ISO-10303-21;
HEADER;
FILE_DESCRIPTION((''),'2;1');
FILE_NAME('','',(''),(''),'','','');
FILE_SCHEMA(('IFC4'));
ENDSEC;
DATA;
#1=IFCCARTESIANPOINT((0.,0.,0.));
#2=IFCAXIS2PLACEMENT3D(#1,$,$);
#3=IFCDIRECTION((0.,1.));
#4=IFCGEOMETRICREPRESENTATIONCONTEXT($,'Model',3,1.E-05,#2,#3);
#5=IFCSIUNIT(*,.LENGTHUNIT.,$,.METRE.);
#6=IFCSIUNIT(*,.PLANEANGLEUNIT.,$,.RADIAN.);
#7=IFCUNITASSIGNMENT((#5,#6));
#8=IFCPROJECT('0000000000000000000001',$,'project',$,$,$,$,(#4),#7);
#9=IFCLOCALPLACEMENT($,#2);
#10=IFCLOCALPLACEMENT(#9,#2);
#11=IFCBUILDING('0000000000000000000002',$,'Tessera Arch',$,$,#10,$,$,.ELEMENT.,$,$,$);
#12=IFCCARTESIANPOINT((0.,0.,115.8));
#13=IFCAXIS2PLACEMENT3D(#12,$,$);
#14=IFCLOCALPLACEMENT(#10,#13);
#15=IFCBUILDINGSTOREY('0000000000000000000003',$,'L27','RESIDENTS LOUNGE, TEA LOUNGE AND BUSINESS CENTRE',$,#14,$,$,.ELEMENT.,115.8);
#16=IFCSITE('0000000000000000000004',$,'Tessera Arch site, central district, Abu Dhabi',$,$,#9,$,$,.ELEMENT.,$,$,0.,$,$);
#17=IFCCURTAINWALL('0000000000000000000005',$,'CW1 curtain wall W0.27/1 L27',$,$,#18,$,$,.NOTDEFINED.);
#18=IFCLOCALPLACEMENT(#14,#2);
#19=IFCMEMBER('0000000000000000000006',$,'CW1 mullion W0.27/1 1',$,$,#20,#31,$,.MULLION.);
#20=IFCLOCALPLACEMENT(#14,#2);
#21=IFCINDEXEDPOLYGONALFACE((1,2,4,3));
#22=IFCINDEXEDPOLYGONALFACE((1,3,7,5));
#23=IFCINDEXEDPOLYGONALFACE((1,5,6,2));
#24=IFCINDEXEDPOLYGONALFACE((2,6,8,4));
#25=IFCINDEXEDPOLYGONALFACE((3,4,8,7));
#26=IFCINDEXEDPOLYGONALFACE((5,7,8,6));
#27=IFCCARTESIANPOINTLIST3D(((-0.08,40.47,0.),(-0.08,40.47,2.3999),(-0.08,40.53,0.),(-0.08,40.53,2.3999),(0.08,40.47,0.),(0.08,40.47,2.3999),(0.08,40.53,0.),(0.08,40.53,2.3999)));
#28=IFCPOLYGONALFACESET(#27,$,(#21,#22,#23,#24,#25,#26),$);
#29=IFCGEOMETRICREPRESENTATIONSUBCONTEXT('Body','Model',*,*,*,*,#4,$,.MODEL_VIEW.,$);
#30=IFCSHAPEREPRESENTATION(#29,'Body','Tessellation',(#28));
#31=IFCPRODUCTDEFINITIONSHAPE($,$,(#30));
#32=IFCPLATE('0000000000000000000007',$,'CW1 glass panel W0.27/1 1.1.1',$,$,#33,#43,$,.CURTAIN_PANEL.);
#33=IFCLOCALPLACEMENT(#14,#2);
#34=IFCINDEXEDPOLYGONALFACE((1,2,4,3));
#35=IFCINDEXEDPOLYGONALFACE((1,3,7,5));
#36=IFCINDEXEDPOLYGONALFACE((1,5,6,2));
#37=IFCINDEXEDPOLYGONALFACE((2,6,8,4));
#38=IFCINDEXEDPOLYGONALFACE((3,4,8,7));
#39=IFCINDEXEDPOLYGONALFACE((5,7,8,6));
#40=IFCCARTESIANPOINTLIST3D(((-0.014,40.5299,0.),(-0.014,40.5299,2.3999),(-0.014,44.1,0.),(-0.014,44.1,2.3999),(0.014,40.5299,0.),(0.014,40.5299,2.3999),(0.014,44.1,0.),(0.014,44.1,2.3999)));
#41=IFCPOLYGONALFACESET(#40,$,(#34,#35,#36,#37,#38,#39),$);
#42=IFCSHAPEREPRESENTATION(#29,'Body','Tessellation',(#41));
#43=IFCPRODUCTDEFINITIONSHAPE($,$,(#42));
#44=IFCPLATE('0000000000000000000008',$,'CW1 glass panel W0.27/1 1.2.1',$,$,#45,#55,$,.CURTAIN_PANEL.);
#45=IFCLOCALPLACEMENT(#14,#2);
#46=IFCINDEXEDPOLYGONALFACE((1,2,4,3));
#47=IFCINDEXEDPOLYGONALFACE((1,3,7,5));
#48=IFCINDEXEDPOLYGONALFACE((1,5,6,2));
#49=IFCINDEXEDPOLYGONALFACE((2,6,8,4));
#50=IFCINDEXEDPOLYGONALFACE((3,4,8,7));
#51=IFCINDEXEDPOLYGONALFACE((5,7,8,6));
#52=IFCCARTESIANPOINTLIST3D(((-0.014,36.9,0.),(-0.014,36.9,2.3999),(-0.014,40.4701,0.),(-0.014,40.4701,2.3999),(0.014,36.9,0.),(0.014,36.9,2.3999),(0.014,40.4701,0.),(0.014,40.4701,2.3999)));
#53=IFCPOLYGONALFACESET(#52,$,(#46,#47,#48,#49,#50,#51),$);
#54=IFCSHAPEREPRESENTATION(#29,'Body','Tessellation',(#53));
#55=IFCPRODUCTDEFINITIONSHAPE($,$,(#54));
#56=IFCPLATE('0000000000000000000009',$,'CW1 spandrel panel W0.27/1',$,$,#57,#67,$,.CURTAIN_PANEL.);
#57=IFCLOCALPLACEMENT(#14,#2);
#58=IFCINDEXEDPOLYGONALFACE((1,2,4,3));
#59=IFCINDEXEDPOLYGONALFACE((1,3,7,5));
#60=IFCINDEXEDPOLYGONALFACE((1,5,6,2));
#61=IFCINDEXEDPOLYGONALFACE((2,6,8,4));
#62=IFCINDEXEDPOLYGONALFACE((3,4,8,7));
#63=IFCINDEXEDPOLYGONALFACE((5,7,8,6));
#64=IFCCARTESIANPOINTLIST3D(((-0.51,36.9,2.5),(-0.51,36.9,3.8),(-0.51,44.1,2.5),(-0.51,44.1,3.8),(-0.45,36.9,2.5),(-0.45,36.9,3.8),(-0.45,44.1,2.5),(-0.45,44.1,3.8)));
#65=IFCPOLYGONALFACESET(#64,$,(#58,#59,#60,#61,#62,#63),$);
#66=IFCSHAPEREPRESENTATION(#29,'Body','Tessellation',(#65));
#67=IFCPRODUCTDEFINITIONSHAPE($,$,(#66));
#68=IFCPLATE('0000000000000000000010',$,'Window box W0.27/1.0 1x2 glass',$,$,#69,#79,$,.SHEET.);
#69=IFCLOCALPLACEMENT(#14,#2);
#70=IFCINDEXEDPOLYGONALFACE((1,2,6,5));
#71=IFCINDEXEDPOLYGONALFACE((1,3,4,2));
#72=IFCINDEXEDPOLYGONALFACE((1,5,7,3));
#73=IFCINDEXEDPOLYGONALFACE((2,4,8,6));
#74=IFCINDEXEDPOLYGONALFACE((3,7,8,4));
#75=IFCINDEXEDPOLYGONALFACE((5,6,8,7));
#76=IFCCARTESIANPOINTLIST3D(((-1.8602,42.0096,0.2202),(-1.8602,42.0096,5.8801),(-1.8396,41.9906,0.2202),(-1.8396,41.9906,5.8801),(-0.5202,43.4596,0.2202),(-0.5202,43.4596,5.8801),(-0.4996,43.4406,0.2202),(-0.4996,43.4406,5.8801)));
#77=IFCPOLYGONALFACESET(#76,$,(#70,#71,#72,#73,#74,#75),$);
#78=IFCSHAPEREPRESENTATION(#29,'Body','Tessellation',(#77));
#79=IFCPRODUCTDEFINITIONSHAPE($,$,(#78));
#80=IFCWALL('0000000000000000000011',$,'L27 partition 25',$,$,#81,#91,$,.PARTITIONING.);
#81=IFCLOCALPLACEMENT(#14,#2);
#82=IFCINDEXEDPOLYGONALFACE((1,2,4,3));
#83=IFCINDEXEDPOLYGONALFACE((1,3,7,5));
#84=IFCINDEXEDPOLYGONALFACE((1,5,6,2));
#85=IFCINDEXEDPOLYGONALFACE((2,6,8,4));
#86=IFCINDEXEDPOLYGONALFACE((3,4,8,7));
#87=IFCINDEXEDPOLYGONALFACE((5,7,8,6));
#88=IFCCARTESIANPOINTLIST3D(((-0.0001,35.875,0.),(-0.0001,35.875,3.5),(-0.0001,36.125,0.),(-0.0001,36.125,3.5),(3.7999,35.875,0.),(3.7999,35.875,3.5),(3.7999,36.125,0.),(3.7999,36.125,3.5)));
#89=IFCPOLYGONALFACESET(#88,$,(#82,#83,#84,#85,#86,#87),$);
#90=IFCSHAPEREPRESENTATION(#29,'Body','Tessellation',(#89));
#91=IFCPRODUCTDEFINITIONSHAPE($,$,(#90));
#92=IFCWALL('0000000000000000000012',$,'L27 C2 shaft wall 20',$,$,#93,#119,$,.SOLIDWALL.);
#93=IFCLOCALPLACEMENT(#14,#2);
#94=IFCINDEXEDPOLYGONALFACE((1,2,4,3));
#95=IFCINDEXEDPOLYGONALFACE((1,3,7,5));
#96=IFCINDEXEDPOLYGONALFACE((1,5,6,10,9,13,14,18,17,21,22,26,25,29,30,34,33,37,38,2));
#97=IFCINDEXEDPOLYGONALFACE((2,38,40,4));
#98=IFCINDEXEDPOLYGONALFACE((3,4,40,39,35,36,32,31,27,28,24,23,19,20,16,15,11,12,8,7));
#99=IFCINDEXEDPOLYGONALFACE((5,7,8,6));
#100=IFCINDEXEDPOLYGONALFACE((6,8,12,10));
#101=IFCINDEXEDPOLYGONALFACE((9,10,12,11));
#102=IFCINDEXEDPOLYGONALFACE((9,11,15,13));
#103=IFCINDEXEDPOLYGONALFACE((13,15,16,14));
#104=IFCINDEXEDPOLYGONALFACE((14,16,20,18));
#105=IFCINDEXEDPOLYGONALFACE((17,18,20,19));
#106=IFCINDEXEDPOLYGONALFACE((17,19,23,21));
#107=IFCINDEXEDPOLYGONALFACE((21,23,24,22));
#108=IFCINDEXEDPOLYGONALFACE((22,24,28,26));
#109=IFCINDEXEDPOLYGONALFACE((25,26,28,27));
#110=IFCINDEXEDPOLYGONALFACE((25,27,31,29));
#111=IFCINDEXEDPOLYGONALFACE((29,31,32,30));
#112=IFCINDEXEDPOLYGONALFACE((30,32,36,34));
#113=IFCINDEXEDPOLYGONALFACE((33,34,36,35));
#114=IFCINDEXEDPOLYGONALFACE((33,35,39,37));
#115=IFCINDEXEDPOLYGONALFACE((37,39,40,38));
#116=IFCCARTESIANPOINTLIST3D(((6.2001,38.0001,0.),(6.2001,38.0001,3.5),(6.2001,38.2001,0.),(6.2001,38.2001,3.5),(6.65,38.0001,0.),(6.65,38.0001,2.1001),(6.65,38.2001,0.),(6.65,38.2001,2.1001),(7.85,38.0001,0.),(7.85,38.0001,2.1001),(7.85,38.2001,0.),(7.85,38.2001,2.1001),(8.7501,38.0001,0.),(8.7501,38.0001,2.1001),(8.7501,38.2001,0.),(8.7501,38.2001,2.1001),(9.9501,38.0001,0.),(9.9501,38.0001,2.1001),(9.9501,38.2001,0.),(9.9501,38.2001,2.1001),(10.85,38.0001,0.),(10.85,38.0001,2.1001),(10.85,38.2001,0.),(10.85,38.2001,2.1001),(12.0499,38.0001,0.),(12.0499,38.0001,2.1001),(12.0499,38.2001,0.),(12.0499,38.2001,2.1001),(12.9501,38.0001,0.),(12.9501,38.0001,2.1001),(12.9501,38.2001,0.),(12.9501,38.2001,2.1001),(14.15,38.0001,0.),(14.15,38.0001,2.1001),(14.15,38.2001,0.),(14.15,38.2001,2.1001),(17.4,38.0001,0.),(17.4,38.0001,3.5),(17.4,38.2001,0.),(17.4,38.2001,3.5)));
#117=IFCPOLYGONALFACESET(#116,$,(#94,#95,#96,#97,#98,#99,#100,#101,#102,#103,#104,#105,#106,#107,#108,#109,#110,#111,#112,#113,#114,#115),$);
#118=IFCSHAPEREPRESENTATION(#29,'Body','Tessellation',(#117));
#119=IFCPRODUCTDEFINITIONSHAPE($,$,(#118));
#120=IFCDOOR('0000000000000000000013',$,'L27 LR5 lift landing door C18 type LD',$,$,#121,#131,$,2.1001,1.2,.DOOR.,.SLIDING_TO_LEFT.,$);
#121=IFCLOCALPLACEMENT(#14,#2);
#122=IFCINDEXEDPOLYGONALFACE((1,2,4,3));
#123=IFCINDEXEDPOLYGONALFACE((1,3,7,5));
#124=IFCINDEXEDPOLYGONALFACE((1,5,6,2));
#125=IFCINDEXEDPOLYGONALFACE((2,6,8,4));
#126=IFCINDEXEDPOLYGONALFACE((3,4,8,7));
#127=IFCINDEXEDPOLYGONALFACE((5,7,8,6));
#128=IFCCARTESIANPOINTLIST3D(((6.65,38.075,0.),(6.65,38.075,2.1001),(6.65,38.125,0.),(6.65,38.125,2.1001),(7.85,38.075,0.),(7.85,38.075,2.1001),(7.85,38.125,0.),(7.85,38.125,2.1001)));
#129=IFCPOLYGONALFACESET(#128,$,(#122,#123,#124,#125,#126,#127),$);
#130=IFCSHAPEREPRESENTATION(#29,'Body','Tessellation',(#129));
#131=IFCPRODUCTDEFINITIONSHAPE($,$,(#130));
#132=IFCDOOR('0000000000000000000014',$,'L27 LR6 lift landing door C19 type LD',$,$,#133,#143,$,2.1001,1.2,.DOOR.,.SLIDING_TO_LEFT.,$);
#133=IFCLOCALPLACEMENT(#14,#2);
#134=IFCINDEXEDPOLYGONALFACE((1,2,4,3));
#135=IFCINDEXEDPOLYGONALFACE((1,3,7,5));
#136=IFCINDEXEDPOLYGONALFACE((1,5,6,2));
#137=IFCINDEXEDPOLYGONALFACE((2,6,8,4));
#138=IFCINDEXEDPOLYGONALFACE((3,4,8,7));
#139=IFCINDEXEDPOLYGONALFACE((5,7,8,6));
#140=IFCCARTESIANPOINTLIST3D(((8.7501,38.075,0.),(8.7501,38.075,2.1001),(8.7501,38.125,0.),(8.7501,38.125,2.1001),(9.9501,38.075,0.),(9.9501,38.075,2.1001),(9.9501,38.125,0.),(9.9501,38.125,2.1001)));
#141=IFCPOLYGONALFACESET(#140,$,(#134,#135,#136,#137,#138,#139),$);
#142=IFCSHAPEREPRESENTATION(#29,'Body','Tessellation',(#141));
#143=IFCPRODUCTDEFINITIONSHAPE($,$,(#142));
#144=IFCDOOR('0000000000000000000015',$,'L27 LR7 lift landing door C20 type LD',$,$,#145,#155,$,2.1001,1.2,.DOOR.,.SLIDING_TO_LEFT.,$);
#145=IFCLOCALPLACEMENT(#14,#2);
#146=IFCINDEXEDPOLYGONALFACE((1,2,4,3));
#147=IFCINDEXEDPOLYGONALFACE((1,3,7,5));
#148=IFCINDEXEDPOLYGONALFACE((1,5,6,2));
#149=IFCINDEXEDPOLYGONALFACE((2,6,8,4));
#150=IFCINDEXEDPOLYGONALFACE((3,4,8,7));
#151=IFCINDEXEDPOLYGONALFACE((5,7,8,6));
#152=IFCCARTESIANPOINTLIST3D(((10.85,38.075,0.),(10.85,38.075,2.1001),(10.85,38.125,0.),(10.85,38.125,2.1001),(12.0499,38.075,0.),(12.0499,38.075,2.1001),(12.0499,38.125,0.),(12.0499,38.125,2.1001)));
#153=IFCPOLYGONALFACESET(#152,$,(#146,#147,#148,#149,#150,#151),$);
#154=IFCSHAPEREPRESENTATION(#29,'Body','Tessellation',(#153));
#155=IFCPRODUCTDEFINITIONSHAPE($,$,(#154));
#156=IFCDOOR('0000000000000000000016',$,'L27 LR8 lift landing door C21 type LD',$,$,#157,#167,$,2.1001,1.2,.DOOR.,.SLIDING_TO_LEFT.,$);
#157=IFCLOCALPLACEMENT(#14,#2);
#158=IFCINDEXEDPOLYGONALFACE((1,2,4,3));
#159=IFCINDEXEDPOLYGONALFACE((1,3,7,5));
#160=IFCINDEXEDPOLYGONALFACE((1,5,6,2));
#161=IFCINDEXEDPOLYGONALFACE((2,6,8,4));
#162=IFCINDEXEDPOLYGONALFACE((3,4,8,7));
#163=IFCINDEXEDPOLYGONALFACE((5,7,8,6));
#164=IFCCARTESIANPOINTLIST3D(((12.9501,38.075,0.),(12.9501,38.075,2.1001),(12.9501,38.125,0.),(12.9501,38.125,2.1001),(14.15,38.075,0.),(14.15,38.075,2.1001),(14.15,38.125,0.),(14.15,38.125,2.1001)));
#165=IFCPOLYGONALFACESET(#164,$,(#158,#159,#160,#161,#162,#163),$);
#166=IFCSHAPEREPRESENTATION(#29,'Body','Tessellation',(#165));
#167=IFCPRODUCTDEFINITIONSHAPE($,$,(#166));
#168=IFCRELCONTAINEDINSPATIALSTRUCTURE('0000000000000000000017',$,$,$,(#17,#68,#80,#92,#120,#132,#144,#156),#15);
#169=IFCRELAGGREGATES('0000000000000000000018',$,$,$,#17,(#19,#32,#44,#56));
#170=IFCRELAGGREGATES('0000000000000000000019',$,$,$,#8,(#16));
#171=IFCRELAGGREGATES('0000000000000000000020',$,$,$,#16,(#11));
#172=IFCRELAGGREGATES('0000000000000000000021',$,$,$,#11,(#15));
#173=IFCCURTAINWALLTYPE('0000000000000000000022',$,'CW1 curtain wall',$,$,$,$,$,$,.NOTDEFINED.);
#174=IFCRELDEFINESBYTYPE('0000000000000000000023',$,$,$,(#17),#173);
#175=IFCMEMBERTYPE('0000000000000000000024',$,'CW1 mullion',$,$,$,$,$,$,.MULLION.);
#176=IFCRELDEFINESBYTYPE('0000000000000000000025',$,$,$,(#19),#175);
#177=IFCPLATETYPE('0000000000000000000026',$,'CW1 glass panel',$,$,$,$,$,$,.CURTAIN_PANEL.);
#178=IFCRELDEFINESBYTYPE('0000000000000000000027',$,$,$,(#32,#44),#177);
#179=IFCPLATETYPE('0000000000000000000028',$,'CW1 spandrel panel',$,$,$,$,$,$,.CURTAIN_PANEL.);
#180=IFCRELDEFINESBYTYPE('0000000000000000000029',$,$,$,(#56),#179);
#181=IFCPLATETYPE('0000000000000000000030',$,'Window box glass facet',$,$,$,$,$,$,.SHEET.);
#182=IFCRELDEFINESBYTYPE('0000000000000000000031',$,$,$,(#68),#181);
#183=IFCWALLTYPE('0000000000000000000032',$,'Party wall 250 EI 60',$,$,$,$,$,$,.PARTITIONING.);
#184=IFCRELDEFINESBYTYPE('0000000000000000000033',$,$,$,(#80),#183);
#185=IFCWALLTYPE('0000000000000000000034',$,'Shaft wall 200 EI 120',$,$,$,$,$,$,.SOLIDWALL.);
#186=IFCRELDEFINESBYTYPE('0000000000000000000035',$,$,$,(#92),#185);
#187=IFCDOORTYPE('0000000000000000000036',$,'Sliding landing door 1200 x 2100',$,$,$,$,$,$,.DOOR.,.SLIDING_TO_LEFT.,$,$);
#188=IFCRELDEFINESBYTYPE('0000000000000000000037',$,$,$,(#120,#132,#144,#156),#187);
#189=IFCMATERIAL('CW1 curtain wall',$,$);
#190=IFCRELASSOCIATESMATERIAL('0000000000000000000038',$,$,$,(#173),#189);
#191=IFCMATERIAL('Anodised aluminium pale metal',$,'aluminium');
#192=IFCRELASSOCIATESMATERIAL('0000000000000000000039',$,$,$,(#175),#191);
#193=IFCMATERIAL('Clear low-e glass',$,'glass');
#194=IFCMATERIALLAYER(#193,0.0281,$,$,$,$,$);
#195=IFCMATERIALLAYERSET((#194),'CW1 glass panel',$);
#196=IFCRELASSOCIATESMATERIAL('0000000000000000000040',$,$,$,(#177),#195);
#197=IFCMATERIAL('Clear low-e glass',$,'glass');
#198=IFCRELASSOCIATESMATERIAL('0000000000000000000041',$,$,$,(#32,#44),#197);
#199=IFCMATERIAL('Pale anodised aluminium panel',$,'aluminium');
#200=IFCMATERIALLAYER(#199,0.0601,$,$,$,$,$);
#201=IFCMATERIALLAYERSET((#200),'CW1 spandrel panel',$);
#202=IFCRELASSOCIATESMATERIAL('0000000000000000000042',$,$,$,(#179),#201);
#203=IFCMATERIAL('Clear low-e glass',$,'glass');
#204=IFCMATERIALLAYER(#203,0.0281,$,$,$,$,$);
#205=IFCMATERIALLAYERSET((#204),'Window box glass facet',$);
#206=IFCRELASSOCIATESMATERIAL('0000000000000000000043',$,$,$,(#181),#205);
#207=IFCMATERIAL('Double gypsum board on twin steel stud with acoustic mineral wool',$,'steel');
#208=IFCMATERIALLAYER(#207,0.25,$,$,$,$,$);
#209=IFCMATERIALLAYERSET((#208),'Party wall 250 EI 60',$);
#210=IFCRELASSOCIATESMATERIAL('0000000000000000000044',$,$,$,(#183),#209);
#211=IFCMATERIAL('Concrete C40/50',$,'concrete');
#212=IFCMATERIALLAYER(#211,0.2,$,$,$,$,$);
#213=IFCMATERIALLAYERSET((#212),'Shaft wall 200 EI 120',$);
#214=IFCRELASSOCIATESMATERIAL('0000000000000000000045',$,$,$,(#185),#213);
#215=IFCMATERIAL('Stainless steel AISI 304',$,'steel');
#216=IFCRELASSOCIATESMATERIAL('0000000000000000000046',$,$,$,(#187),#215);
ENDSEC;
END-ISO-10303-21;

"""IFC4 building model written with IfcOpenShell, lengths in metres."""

from ifc_helpers import new_model, si_unit, direction, frame, frame_2d, origin, origin_2d, place, context, subcontext, project, spatial, rectangle, extrude, material, layer, layer_set, material_profile, profile_set, type_object, element, fill, aggregate, save


model = new_model("IFC4")

# Units and contexts
model_context = context("Model", 3, precision=1e-05, world=origin(), true_north=direction((0.0, 1.0)))
body_context = subcontext(model_context, "Body", "Model", "MODEL_VIEW")
ifc_project = project(units=[si_unit("LENGTHUNIT", "METRE"), si_unit("PLANEANGLEUNIT", "RADIAN")], contexts=[model_context])

# Site, building, storey
site_placement = place(None, origin())
site = spatial("IfcSite", under=ifc_project, at=site_placement, Name="Tessera Arch site, central district, Abu Dhabi", CompositionType="ELEMENT", RefElevation=0.0)
building_placement = place(site_placement, origin())
building = spatial("IfcBuilding", under=site, at=building_placement, Name="Tessera Arch", CompositionType="ELEMENT")
storey_placement = place(building_placement, frame((0.0, 0.0, 115.8)))
storey = spatial("IfcBuildingStorey", under=building, at=storey_placement, Name="L27", Description="RESIDENTS LOUNGE, TEA LOUNGE AND BUSINESS CENTRE", CompositionType="ELEMENT", Elevation=115.8)

# Curtain wall, member, plates
ifc_material_1 = material(Name="CW1 curtain wall")
curtain_wall_type = type_object("IfcCurtainWallType", Name="CW1 curtain wall", PredefinedType="NOTDEFINED", material=ifc_material_1)
curtain_wall_placement = place(storey_placement, origin())
curtain_wall = element("IfcCurtainWall", 1, at=curtain_wall_placement, inside=storey, type_object=curtain_wall_type, Name="CW1 curtain wall W0.27/1 L27", PredefinedType="NOTDEFINED")
ifc_material_2 = material(Name="Anodised aluminium pale metal", Category="aluminium")
ifc_material_profile = material_profile(ifc_material_2, rectangle(XDim=0.1599, YDim=0.0601, at=origin_2d()), Name="AL 60x160")
ifc_profile_set = profile_set([ifc_material_profile], Name="Anodised aluminium pale metal")
member_type = type_object("IfcMemberType", Name="CW1 mullion", PredefinedType="MULLION", material=ifc_profile_set)
member_placement = place(storey_placement, frame((0.0, 40.5, 0.0), z_axis=(0.0, 0.0, 1.0), x_axis=(1.0, 0.0, 0.0)))
member = element("IfcMember", 2, at=member_placement, type_object=member_type, Name="CW1 mullion W0.27/1 1", PredefinedType="MULLION", context=body_context, shape_type="SweptSolid", body=[
    extrude(rectangle(XDim=0.1599, YDim=0.0601, at=origin_2d()), origin(), (0.0, 0.0, 1.0), 2.3999),
])
ifc_material_3 = material(Name="Clear low-e glass", Category="glass")
ifc_material_4 = material(Name="Clear low-e glass", Category="glass")
ifc_layer_1 = layer(ifc_material_4, 0.0281)
ifc_layer_set_1 = layer_set([ifc_layer_1], Name="CW1 glass panel")
plate_type_1 = type_object("IfcPlateType", Name="CW1 glass panel", PredefinedType="CURTAIN_PANEL", material=ifc_layer_set_1)
plate_1_placement = place(storey_placement, frame((0.0, 42.3149, 0.0), z_axis=(0.0, 0.0, 1.0), x_axis=(0.0, -1.0, 0.0)))
plate_1 = element("IfcPlate", 3, at=plate_1_placement, type_object=plate_type_1, material=ifc_material_3, Name="CW1 glass panel W0.27/1 1.1.1", PredefinedType="CURTAIN_PANEL", context=body_context, shape_type="SweptSolid", body=[
    extrude(rectangle(XDim=3.5701, YDim=0.0281, at=origin_2d()), origin(), (0.0, 0.0, 1.0), 2.3999),
])
plate_2_placement = place(storey_placement, frame((0.0, 38.6851, 0.0), z_axis=(0.0, 0.0, 1.0), x_axis=(0.0, -1.0, 0.0)))
plate_2 = element("IfcPlate", 4, at=plate_2_placement, type_object=plate_type_1, material=ifc_material_3, Name="CW1 glass panel W0.27/1 1.2.1", PredefinedType="CURTAIN_PANEL", context=body_context, shape_type="SweptSolid", body=[
    extrude(rectangle(XDim=3.5701, YDim=0.0281, at=origin_2d()), origin(), (0.0, 0.0, 1.0), 2.3999),
])
ifc_material_5 = material(Name="Pale anodised aluminium panel", Category="aluminium")
ifc_layer_2 = layer(ifc_material_5, 0.0601)
ifc_layer_set_2 = layer_set([ifc_layer_2], Name="CW1 spandrel panel")
plate_type_2 = type_object("IfcPlateType", Name="CW1 spandrel panel", PredefinedType="CURTAIN_PANEL", material=ifc_layer_set_2)
plate_3_placement = place(storey_placement, frame((-0.48, 40.5, 2.5), z_axis=(0.0, 0.0, 1.0), x_axis=(0.0, -1.0, 0.0)))
plate_3 = element("IfcPlate", 5, at=plate_3_placement, type_object=plate_type_2, Name="CW1 spandrel panel W0.27/1", PredefinedType="CURTAIN_PANEL", context=body_context, shape_type="SweptSolid", body=[
    extrude(rectangle(XDim=7.2, YDim=0.0601, at=origin_2d()), origin(), (0.0, 0.0, 1.0), 1.3),
])
aggregate(curtain_wall, [member, plate_1, plate_2, plate_3])

# Plate
ifc_material_6 = material(Name="Clear low-e glass", Category="glass")
ifc_layer_3 = layer(ifc_material_6, 0.0281)
ifc_layer_set_3 = layer_set([ifc_layer_3], Name="Window box glass facet")
plate_type_3 = type_object("IfcPlateType", Name="Window box glass facet", PredefinedType="SHEET", material=ifc_layer_set_3)
plate_4_placement = place(storey_placement, frame((-1.1799, 42.7251, 0.2202), z_axis=(0.0, 0.0, 1.0), x_axis=(-0.678701, -0.734415, 0.0)))
element("IfcPlate", 6, at=plate_4_placement, inside=storey, type_object=plate_type_3, Name="Window box W0.27/1.0 1x2 glass", PredefinedType="SHEET", context=body_context, shape_type="SweptSolid", body=[
    extrude(rectangle(XDim=1.9744, YDim=0.0281, at=origin_2d()), origin(), (0.0, 0.0, 1.0), 5.6599),
])

# Wall
ifc_material_7 = material(Name="Double gypsum board on twin steel stud with acoustic mineral wool", Category="steel")
ifc_layer_4 = layer(ifc_material_7, 0.25)
ifc_layer_set_4 = layer_set([ifc_layer_4], Name="Party wall 250 EI 60")
wall_type_1 = type_object("IfcWallType", Name="Party wall 250 EI 60", PredefinedType="PARTITIONING", material=ifc_layer_set_4)
wall_1_placement = place(storey_placement, frame((0.0, 36.0, 0.0), z_axis=(0.0, 0.0, 1.0), x_axis=(1.0, 0.0, 0.0)))
element("IfcWall", 7, at=wall_1_placement, inside=storey, type_object=wall_type_1, Name="L27 partition 25", PredefinedType="PARTITIONING", context=body_context, shape_type="SweptSolid", body=[
    extrude(rectangle(XDim=3.8, YDim=0.25, at=frame_2d((1.8999, 0.0))), origin(), (0.0, 0.0, 1.0), 3.5),
])

# Wall, openings, doors
ifc_material_8 = material(Name="Concrete C40/50", Category="concrete")
ifc_layer_5 = layer(ifc_material_8, 0.2)
ifc_layer_set_5 = layer_set([ifc_layer_5], Name="Shaft wall 200 EI 120")
wall_type_2 = type_object("IfcWallType", Name="Shaft wall 200 EI 120", PredefinedType="SOLIDWALL", material=ifc_layer_set_5)
wall_2_placement = place(storey_placement, frame((6.2, 38.1001, 0.0), z_axis=(0.0, 0.0, 1.0), x_axis=(1.0, 0.0, 0.0)))
wall_2 = element("IfcWall", 8, at=wall_2_placement, inside=storey, type_object=wall_type_2, Name="L27 C2 shaft wall 20", PredefinedType="SOLIDWALL", context=body_context, shape_type="SweptSolid", body=[
    extrude(rectangle(XDim=11.2, YDim=0.2, at=frame_2d((5.6001, 0.0))), origin(), (0.0, 0.0, 1.0), 3.5),
])
opening_1_placement = place(wall_2_placement, frame((0.45, 0.0, 0.0)))
opening_1 = element("IfcOpeningElement", 9, at=opening_1_placement, cuts=wall_2, PredefinedType="OPENING", context=body_context, shape_type="SweptSolid", body=[
    extrude(rectangle(XDim=1.2, YDim=2.1001, at=frame_2d((0.6001, 1.05))), frame((0.0, 0.1099, 0.0), z_axis=(0.0, -1.0, 0.0), x_axis=(1.0, 0.0, 0.0)), (0.0, 0.0, 1.0), 0.22),
])
opening_2_placement = place(wall_2_placement, frame((2.55, 0.0, 0.0)))
opening_2 = element("IfcOpeningElement", 10, at=opening_2_placement, cuts=wall_2, PredefinedType="OPENING", context=body_context, shape_type="SweptSolid", body=[
    extrude(rectangle(XDim=1.2, YDim=2.1001, at=frame_2d((0.6001, 1.05))), frame((0.0, 0.1099, 0.0), z_axis=(0.0, -1.0, 0.0), x_axis=(1.0, 0.0, 0.0)), (0.0, 0.0, 1.0), 0.22),
])
opening_3_placement = place(wall_2_placement, frame((4.6499, 0.0, 0.0)))
opening_3 = element("IfcOpeningElement", 11, at=opening_3_placement, cuts=wall_2, PredefinedType="OPENING", context=body_context, shape_type="SweptSolid", body=[
    extrude(rectangle(XDim=1.2, YDim=2.1001, at=frame_2d((0.6001, 1.05))), frame((0.0, 0.1099, 0.0), z_axis=(0.0, -1.0, 0.0), x_axis=(1.0, 0.0, 0.0)), (0.0, 0.0, 1.0), 0.22),
])
opening_4_placement = place(wall_2_placement, frame((6.75, 0.0, 0.0)))
opening_4 = element("IfcOpeningElement", 12, at=opening_4_placement, cuts=wall_2, PredefinedType="OPENING", context=body_context, shape_type="SweptSolid", body=[
    extrude(rectangle(XDim=1.2, YDim=2.1001, at=frame_2d((0.6001, 1.05))), frame((0.0, 0.1099, 0.0), z_axis=(0.0, -1.0, 0.0), x_axis=(1.0, 0.0, 0.0)), (0.0, 0.0, 1.0), 0.22),
])
ifc_material_9 = material(Name="Stainless steel AISI 304", Category="steel")
door_type = type_object("IfcDoorType", Name="Sliding landing door 1200 x 2100", OperationType="SLIDING_TO_LEFT", PredefinedType="DOOR", material=ifc_material_9)
door_1_placement = place(opening_1_placement, origin())
door_1 = element("IfcDoor", 13, at=door_1_placement, inside=storey, type_object=door_type, Name="L27 LR5 lift landing door C18 type LD", OperationType="SLIDING_TO_LEFT", OverallHeight=2.1001, OverallWidth=1.2, PredefinedType="DOOR", context=body_context, shape_type="SweptSolid", body=[
    extrude(rectangle(XDim=1.2, YDim=2.1001, at=frame_2d((0.6001, 1.05))), frame((0.0, 0.0249, 0.0), z_axis=(0.0, -1.0, 0.0), x_axis=(1.0, 0.0, 0.0)), (0.0, 0.0, 1.0), 0.05),
])
fill(opening_1, door_1)
door_2_placement = place(opening_2_placement, origin())
door_2 = element("IfcDoor", 14, at=door_2_placement, inside=storey, type_object=door_type, Name="L27 LR6 lift landing door C19 type LD", OperationType="SLIDING_TO_LEFT", OverallHeight=2.1001, OverallWidth=1.2, PredefinedType="DOOR", context=body_context, shape_type="SweptSolid", body=[
    extrude(rectangle(XDim=1.2, YDim=2.1001, at=frame_2d((0.6001, 1.05))), frame((0.0, 0.0249, 0.0), z_axis=(0.0, -1.0, 0.0), x_axis=(1.0, 0.0, 0.0)), (0.0, 0.0, 1.0), 0.05),
])
fill(opening_2, door_2)
door_3_placement = place(opening_3_placement, origin())
door_3 = element("IfcDoor", 15, at=door_3_placement, inside=storey, type_object=door_type, Name="L27 LR7 lift landing door C20 type LD", OperationType="SLIDING_TO_LEFT", OverallHeight=2.1001, OverallWidth=1.2, PredefinedType="DOOR", context=body_context, shape_type="SweptSolid", body=[
    extrude(rectangle(XDim=1.2, YDim=2.1001, at=frame_2d((0.6001, 1.05))), frame((0.0, 0.0249, 0.0), z_axis=(0.0, -1.0, 0.0), x_axis=(1.0, 0.0, 0.0)), (0.0, 0.0, 1.0), 0.05),
])
fill(opening_3, door_3)
door_4_placement = place(opening_4_placement, origin())
door_4 = element("IfcDoor", 16, at=door_4_placement, inside=storey, type_object=door_type, Name="L27 LR8 lift landing door C21 type LD", OperationType="SLIDING_TO_LEFT", OverallHeight=2.1001, OverallWidth=1.2, PredefinedType="DOOR", context=body_context, shape_type="SweptSolid", body=[
    extrude(rectangle(XDim=1.2, YDim=2.1001, at=frame_2d((0.6001, 1.05))), frame((0.0, 0.0249, 0.0), z_axis=(0.0, -1.0, 0.0), x_axis=(1.0, 0.0, 0.0)), (0.0, 0.0, 1.0), 0.05),
])
fill(opening_4, door_4)

save(model, "model.ifc")
